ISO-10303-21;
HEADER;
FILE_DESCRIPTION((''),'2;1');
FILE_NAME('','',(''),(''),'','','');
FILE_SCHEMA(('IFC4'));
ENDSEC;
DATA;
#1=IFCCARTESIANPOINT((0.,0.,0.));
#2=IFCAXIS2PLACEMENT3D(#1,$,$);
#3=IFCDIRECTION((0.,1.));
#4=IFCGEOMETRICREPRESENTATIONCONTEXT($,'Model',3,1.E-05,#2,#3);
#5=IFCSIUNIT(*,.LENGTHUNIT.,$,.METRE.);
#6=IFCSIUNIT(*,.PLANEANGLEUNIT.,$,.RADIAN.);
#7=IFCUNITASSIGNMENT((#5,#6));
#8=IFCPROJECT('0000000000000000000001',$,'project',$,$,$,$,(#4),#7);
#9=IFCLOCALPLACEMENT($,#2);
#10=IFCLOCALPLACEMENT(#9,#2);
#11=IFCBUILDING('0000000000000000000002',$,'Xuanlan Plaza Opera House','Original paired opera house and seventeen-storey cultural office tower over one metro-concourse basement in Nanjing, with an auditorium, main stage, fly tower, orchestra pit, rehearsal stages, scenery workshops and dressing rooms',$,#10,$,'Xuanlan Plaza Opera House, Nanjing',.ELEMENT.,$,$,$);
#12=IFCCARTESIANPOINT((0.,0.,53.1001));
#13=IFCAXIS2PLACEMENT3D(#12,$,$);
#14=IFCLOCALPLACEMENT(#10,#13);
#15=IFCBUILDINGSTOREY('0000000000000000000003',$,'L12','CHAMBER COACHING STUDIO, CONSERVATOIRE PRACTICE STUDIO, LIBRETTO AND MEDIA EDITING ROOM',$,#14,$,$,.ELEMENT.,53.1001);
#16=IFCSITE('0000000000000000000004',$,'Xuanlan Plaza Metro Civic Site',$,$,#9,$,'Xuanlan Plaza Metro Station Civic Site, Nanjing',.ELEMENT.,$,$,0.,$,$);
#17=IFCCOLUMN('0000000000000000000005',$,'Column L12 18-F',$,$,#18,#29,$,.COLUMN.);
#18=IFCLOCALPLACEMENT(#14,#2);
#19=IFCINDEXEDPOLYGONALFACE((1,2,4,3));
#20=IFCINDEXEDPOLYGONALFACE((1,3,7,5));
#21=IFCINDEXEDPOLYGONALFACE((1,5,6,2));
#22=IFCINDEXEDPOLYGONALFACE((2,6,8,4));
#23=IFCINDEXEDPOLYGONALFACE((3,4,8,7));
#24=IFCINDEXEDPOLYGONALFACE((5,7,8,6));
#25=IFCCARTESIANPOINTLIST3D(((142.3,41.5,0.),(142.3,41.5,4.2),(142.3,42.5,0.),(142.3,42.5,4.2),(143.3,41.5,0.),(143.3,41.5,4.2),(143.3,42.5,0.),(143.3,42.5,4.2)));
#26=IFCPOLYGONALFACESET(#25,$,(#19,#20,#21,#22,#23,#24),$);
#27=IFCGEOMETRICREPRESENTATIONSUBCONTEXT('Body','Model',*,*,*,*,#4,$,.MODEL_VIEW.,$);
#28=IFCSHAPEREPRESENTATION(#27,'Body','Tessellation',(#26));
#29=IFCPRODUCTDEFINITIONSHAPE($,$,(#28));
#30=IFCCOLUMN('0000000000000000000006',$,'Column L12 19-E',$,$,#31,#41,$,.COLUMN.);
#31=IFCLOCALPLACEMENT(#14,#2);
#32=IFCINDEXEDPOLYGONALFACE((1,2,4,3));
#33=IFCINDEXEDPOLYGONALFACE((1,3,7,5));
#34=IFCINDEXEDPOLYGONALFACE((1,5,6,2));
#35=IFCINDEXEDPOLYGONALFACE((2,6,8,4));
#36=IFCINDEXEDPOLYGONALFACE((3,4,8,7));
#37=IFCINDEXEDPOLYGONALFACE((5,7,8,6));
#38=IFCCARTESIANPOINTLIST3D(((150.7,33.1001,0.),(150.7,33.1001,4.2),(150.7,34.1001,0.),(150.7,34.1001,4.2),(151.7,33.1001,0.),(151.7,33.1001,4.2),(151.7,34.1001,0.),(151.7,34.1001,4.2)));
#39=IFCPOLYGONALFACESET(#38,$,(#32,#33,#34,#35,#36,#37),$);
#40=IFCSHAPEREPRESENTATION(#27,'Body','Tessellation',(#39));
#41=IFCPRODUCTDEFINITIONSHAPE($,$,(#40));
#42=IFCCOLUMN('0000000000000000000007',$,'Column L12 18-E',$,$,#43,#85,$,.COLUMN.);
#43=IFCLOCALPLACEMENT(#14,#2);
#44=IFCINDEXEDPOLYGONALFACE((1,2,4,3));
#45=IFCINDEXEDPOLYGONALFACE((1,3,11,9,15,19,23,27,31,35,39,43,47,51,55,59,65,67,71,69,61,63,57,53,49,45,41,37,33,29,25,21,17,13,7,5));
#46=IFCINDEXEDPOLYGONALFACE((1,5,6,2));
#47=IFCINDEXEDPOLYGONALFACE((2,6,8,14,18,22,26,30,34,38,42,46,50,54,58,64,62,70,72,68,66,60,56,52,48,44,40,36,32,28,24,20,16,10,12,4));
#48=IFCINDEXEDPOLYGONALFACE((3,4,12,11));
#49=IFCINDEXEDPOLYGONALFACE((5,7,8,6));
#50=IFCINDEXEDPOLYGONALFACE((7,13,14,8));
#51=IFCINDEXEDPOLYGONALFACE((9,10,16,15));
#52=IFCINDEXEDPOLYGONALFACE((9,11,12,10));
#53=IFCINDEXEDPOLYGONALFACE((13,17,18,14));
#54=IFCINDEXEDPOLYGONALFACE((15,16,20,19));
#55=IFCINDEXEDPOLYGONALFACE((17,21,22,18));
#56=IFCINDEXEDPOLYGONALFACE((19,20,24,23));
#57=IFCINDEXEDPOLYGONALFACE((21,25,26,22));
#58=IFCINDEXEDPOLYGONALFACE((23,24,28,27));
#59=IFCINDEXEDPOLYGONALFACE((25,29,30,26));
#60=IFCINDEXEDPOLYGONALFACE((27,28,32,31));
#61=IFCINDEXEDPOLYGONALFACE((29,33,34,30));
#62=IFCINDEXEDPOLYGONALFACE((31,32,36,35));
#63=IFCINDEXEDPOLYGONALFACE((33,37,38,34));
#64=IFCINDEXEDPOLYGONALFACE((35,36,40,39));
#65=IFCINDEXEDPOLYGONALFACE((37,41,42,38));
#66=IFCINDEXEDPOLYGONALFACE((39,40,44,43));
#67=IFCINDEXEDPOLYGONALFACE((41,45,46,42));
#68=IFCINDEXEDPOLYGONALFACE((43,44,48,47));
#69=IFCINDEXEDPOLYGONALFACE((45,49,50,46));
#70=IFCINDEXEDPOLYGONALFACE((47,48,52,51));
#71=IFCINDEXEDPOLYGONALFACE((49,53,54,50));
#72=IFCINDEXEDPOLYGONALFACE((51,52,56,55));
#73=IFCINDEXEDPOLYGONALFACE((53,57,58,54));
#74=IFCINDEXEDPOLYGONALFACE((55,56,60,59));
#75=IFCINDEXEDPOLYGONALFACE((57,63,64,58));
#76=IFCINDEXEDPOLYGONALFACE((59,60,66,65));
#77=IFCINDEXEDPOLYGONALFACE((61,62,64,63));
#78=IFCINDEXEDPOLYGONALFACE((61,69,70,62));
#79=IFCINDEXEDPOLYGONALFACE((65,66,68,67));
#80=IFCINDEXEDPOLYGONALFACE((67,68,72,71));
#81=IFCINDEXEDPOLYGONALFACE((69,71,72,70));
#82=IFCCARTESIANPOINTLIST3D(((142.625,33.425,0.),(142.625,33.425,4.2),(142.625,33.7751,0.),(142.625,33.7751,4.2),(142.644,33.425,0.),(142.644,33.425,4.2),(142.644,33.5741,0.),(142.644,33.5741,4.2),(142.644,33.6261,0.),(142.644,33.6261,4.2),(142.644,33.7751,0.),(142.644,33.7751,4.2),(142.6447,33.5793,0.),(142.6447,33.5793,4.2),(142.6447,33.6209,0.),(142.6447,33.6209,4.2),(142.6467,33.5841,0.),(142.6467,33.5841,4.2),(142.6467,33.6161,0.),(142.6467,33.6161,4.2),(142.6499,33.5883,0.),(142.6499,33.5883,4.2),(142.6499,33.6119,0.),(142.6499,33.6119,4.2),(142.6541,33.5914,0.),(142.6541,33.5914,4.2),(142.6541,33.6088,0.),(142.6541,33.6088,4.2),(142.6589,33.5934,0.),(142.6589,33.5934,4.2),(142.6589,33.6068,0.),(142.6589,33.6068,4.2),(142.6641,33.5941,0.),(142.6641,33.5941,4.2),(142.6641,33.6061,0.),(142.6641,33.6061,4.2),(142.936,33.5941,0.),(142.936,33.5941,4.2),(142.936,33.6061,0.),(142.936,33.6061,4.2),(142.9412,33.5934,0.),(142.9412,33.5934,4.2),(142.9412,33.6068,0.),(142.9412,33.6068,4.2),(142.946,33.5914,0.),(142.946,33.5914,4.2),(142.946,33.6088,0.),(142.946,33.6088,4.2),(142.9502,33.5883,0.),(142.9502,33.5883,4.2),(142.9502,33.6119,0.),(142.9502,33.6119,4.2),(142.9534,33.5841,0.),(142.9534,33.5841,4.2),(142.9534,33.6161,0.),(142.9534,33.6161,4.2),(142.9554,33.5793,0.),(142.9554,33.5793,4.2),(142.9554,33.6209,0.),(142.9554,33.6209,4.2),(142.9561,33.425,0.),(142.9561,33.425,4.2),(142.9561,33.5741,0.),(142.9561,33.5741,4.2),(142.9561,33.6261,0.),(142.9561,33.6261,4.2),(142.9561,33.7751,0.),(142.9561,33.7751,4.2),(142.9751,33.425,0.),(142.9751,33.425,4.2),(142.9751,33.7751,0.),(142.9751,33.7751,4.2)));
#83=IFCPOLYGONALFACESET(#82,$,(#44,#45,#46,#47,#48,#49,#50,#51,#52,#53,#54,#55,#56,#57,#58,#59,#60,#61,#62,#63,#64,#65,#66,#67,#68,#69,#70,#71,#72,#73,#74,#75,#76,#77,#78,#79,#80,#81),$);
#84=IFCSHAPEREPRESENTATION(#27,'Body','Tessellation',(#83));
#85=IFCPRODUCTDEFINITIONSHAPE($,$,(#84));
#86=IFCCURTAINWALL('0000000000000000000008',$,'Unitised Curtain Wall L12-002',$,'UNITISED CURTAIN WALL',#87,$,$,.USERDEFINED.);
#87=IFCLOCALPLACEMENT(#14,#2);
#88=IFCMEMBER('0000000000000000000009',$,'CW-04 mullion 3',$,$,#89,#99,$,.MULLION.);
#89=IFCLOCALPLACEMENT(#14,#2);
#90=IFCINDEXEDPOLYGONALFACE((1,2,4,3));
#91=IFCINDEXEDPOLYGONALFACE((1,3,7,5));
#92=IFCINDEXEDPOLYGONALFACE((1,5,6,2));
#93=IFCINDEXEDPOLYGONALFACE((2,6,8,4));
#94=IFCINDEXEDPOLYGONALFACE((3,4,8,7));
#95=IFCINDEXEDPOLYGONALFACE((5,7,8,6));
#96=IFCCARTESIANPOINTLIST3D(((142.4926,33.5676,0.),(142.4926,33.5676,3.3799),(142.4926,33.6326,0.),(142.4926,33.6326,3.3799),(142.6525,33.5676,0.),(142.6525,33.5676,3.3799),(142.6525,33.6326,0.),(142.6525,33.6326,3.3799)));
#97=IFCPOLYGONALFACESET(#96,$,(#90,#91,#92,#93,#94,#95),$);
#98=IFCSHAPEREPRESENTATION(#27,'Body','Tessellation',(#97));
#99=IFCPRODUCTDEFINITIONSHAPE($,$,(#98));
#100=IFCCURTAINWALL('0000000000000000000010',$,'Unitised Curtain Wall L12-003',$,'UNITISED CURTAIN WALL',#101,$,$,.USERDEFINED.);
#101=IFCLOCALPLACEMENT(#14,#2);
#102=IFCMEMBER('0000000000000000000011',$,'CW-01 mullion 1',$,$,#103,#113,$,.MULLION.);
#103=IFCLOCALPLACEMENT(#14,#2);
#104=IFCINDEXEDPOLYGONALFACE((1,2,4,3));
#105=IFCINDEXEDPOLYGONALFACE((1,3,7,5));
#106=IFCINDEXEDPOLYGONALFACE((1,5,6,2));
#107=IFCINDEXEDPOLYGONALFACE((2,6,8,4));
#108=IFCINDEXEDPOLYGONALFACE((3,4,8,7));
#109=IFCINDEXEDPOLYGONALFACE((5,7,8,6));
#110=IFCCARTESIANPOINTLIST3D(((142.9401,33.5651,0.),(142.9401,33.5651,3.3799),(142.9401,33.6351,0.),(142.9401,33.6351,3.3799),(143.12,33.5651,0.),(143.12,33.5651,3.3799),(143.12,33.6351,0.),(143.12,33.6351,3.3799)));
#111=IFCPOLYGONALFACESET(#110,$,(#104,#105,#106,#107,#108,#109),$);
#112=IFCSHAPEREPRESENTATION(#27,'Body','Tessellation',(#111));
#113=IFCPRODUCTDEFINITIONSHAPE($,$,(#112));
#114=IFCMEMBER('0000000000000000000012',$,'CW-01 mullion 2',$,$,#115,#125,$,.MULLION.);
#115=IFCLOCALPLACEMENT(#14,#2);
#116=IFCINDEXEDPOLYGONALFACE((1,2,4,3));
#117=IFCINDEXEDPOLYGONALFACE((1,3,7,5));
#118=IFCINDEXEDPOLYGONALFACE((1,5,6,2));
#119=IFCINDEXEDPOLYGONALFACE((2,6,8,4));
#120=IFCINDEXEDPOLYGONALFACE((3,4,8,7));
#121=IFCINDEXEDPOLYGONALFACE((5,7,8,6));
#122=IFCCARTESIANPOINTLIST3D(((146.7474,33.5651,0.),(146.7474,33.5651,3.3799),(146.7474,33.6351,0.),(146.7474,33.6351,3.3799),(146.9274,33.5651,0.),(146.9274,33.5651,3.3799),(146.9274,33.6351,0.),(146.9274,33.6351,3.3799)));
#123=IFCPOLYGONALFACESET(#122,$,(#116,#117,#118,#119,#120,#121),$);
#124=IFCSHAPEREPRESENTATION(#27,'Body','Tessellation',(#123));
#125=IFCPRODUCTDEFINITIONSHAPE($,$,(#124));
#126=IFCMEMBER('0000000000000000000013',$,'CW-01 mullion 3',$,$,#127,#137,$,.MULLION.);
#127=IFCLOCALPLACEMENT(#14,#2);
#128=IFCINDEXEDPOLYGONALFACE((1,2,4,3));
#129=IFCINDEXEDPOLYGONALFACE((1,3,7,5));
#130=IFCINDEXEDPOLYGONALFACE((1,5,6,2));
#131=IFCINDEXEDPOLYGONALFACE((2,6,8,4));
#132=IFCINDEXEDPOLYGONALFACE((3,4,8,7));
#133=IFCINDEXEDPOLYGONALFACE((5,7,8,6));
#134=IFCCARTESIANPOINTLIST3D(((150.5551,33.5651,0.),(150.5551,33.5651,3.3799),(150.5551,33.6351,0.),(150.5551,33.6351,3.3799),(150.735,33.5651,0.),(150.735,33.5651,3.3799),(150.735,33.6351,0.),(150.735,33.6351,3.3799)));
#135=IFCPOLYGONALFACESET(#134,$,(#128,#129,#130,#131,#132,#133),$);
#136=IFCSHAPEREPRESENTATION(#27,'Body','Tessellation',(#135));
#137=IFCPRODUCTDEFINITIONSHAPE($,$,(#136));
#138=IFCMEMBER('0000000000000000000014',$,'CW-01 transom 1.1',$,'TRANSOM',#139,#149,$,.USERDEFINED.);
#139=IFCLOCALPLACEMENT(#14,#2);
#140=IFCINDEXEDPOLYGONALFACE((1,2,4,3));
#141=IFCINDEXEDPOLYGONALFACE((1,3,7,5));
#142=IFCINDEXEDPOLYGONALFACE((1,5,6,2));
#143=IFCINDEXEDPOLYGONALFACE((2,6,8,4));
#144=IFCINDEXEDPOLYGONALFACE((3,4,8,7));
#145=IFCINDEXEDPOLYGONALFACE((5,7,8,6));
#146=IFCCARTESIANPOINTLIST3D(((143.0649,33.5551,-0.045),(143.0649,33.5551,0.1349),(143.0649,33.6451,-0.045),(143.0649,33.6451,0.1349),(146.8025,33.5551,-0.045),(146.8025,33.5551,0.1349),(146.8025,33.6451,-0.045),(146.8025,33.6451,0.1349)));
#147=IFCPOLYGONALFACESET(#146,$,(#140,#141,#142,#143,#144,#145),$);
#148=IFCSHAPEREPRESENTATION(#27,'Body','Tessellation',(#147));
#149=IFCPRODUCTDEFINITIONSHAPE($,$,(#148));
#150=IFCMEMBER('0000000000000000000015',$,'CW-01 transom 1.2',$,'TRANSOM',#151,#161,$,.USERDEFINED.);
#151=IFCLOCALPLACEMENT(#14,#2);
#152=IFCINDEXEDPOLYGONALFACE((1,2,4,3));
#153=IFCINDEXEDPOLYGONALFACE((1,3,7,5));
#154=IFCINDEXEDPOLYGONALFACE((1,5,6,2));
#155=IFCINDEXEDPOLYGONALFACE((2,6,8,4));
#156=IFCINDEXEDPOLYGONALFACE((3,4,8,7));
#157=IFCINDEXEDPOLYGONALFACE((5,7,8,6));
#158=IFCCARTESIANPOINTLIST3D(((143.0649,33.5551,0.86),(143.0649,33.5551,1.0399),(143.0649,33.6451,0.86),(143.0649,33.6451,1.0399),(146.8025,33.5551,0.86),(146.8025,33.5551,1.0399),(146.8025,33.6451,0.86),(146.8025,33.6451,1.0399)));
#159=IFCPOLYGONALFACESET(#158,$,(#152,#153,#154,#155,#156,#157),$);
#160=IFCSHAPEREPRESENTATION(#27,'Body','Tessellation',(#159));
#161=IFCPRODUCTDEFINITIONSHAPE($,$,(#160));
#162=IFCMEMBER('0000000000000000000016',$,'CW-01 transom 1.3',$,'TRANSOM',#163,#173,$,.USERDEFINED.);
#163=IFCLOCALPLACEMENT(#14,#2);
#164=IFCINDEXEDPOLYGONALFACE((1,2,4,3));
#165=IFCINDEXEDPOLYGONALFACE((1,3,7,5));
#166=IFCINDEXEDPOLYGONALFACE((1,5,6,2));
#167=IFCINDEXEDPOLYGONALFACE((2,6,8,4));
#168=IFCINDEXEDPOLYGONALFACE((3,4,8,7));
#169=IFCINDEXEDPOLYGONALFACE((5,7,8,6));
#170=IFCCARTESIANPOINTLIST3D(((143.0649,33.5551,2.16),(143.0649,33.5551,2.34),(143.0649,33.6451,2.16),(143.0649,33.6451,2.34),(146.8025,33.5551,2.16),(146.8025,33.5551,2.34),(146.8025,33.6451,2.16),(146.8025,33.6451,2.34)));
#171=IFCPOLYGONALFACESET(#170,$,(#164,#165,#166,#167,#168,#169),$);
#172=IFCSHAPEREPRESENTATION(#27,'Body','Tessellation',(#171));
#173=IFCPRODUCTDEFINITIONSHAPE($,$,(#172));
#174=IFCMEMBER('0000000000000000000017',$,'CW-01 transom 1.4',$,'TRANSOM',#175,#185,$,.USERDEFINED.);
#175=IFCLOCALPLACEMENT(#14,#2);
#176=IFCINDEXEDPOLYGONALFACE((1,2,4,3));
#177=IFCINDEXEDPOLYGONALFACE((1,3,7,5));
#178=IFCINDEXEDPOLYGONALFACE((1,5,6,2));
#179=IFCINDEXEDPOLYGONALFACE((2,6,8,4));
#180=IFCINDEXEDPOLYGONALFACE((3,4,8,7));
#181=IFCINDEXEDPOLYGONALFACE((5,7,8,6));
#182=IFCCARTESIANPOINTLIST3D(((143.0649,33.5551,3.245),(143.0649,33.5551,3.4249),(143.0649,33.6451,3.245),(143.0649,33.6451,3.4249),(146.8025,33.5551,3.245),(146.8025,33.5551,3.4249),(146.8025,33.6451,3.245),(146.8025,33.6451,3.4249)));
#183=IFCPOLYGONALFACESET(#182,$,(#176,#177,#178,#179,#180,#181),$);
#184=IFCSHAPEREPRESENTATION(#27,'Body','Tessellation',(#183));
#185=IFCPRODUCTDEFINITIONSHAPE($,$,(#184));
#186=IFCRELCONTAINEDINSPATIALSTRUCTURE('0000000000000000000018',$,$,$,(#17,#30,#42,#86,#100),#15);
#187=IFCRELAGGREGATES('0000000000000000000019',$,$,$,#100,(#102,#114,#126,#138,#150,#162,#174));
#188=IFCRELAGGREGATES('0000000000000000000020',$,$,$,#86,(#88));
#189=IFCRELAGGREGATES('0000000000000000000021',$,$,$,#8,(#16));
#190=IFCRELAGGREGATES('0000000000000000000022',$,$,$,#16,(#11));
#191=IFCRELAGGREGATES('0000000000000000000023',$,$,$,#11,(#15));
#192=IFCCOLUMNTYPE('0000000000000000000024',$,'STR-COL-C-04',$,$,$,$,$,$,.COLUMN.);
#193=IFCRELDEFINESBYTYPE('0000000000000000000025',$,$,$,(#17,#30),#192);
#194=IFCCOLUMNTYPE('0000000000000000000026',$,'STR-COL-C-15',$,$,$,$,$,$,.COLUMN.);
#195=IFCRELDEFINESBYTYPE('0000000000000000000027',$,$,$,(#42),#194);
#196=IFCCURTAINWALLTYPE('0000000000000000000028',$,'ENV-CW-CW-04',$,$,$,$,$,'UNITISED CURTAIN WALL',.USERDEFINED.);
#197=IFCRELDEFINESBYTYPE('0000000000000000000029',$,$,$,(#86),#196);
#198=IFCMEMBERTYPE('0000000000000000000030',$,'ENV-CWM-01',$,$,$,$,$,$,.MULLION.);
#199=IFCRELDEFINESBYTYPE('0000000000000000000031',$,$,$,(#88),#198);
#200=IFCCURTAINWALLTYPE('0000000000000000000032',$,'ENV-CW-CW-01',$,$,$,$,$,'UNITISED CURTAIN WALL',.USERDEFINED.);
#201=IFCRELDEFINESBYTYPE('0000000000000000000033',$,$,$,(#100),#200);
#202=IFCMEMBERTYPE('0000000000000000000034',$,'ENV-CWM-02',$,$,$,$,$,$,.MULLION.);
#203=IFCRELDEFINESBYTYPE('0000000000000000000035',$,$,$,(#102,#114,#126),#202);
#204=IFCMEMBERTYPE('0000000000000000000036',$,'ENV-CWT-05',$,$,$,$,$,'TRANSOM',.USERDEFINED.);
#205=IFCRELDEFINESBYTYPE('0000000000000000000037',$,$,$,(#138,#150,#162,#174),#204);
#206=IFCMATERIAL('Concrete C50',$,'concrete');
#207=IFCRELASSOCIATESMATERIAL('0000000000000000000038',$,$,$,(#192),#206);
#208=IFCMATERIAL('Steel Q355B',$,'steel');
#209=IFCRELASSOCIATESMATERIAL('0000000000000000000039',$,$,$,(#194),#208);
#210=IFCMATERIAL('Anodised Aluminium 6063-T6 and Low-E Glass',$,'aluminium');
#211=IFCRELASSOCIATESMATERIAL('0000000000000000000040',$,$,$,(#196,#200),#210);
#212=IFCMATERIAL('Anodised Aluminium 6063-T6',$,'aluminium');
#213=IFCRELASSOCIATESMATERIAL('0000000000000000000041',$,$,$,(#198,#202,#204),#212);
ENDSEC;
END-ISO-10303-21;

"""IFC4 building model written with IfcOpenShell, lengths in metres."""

from ifc_helpers import new_model, si_unit, direction, frame, origin, origin_2d, place, context, subcontext, project, spatial, rectangle, i_section, extrude, material, material_profile, profile_set, type_object, element, aggregate, save


model = new_model("IFC4")

# Units and contexts
model_context = context("Model", 3, precision=1e-05, world=origin(), true_north=direction((0.0, 1.0)))
body_context = subcontext(model_context, "Body", "Model", "MODEL_VIEW")
ifc_project = project(units=[si_unit("LENGTHUNIT", "METRE"), si_unit("PLANEANGLEUNIT", "RADIAN")], contexts=[model_context])

# Site, building, storey
site_placement = place(None, origin())
site = spatial("IfcSite", under=ifc_project, at=site_placement, Name="Xuanlan Plaza Metro Civic Site", LongName="Xuanlan Plaza Metro Station Civic Site, Nanjing", CompositionType="ELEMENT", RefElevation=0.0)
building_placement = place(site_placement, origin())
building = spatial("IfcBuilding", under=site, at=building_placement, Name="Xuanlan Plaza Opera House", Description="Original paired opera house and seventeen-storey cultural office tower over one metro-concourse basement in Nanjing, with an auditorium, main stage, fly tower, orchestra pit, rehearsal stages, scenery workshops and dressing rooms", LongName="Xuanlan Plaza Opera House, Nanjing", CompositionType="ELEMENT")
storey_placement = place(building_placement, frame((0.0, 0.0, 53.1001)))
storey = spatial("IfcBuildingStorey", under=building, at=storey_placement, Name="L12", Description="CHAMBER COACHING STUDIO, CONSERVATOIRE PRACTICE STUDIO, LIBRETTO AND MEDIA EDITING ROOM", CompositionType="ELEMENT", Elevation=53.1001)

# Columns
ifc_material_1 = material(Name="Concrete C50", Category="concrete")
ifc_material_profile_1 = material_profile(ifc_material_1, rectangle(XDim=1.0, YDim=1.0, at=origin_2d()), Name="RC-COL 1000x1000")
ifc_profile_set_1 = profile_set([ifc_material_profile_1], Name="Concrete C50")
column_type_1 = type_object("IfcColumnType", Name="STR-COL-C-04", PredefinedType="COLUMN", material=ifc_profile_set_1)
for number, where, z_axis, x_axis, name in (
    (1, (142.8, 42.0, 0.0), (0.0, 0.0, 1.0), (1.0, 0.0, 0.0), "Column L12 18-F"),
    (2, (151.2, 33.6001, 0.0), (0.0, 0.0, 1.0), (1.0, 0.0, 0.0), "Column L12 19-E"),
):
    element("IfcColumn", number, at=place(storey_placement, frame(where, z_axis=z_axis, x_axis=x_axis)), inside=storey, type_object=column_type_1, Name=name, PredefinedType="COLUMN", context=body_context, shape_type="SweptSolid", body=[
        extrude(rectangle(XDim=1.0, YDim=1.0, at=origin_2d()), origin(), (0.0, 0.0, 1.0), 4.2),
    ])
ifc_material_2 = material(Name="Steel Q355B", Category="steel")
ifc_material_profile_2 = material_profile(ifc_material_2, i_section(OverallWidth=0.3501, OverallDepth=0.3501, WebThickness=0.012, FlangeThickness=0.019, FilletRadius=0.02, at=origin_2d()), Name="HW 350x350x12x19")
ifc_profile_set_2 = profile_set([ifc_material_profile_2], Name="Steel Q355B")
column_type_2 = type_object("IfcColumnType", Name="STR-COL-C-15", PredefinedType="COLUMN", material=ifc_profile_set_2)
column_placement = place(storey_placement, frame((142.8, 33.6001, 0.0), z_axis=(0.0, 0.0, 1.0), x_axis=(0.0, 1.0, 0.0)))
element("IfcColumn", 3, at=column_placement, inside=storey, type_object=column_type_2, Name="Column L12 18-E", PredefinedType="COLUMN", context=body_context, shape_type="SweptSolid", body=[
    extrude(i_section(OverallWidth=0.3501, OverallDepth=0.3501, WebThickness=0.012, FlangeThickness=0.019, FilletRadius=0.02, at=origin_2d()), origin(), (0.0, 0.0, 1.0), 4.2),
])

# Curtain wall, member
ifc_material_3 = material(Name="Anodised Aluminium 6063-T6 and Low-E Glass", Category="aluminium")
curtain_wall_type_1 = type_object("IfcCurtainWallType", Name="ENV-CW-CW-04", ElementType="UNITISED CURTAIN WALL", PredefinedType="USERDEFINED", material=ifc_material_3)
curtain_wall_1_placement = place(storey_placement, origin())
curtain_wall_1 = element("IfcCurtainWall", 4, at=curtain_wall_1_placement, inside=storey, type_object=curtain_wall_type_1, Name="Unitised Curtain Wall L12-002", ObjectType="UNITISED CURTAIN WALL", PredefinedType="USERDEFINED")
ifc_material_4 = material(Name="Anodised Aluminium 6063-T6", Category="aluminium")
ifc_material_profile_3 = material_profile(ifc_material_4, rectangle(XDim=0.0649, YDim=0.1599, at=origin_2d()), Name="ALU-M 65x160")
ifc_profile_set_3 = profile_set([ifc_material_profile_3], Name="Anodised Aluminium 6063-T6")
member_type_1 = type_object("IfcMemberType", Name="ENV-CWM-01", PredefinedType="MULLION", material=ifc_profile_set_3)
member_1_placement = place(storey_placement, frame((142.5725, 33.6001, 0.0), z_axis=(0.0, 0.0, 1.0), x_axis=(0.0, 1.0, 0.0)))
member_1 = element("IfcMember", 5, at=member_1_placement, type_object=member_type_1, Name="CW-04 mullion 3", PredefinedType="MULLION", context=body_context, shape_type="SweptSolid", body=[
    extrude(rectangle(XDim=0.0649, YDim=0.1599, at=origin_2d()), origin(), (0.0, 0.0, 1.0), 3.3799),
])

# Curtain wall, members
curtain_wall_type_2 = type_object("IfcCurtainWallType", Name="ENV-CW-CW-01", ElementType="UNITISED CURTAIN WALL", PredefinedType="USERDEFINED", material=ifc_material_3)
curtain_wall_2_placement = place(storey_placement, origin())
curtain_wall_2 = element("IfcCurtainWall", 6, at=curtain_wall_2_placement, inside=storey, type_object=curtain_wall_type_2, Name="Unitised Curtain Wall L12-003", ObjectType="UNITISED CURTAIN WALL", PredefinedType="USERDEFINED")
ifc_material_profile_4 = material_profile(ifc_material_4, rectangle(XDim=0.0701, YDim=0.1799, at=origin_2d()), Name="ALU-M 70x180")
ifc_profile_set_4 = profile_set([ifc_material_profile_4], Name="Anodised Aluminium 6063-T6")
member_type_2 = type_object("IfcMemberType", Name="ENV-CWM-02", PredefinedType="MULLION", material=ifc_profile_set_4)
member_2_placement = place(storey_placement, frame((143.03, 33.6001, 0.0), z_axis=(0.0, 0.0, 1.0), x_axis=(0.0, 1.0, 0.0)))
member_2 = element("IfcMember", 7, at=member_2_placement, type_object=member_type_2, Name="CW-01 mullion 1", PredefinedType="MULLION", context=body_context, shape_type="SweptSolid", body=[
    extrude(rectangle(XDim=0.0701, YDim=0.1799, at=origin_2d()), origin(), (0.0, 0.0, 1.0), 3.3799),
])
member_3_placement = place(storey_placement, frame((146.8374, 33.6001, 0.0), z_axis=(0.0, 0.0, 1.0), x_axis=(0.0, 1.0, 0.0)))
member_3 = element("IfcMember", 8, at=member_3_placement, type_object=member_type_2, Name="CW-01 mullion 2", PredefinedType="MULLION", context=body_context, shape_type="SweptSolid", body=[
    extrude(rectangle(XDim=0.0701, YDim=0.1799, at=origin_2d()), origin(), (0.0, 0.0, 1.0), 3.3799),
])
member_4_placement = place(storey_placement, frame((150.645, 33.6001, 0.0), z_axis=(0.0, 0.0, 1.0), x_axis=(0.0, 1.0, 0.0)))
member_4 = element("IfcMember", 9, at=member_4_placement, type_object=member_type_2, Name="CW-01 mullion 3", PredefinedType="MULLION", context=body_context, shape_type="SweptSolid", body=[
    extrude(rectangle(XDim=0.0701, YDim=0.1799, at=origin_2d()), origin(), (0.0, 0.0, 1.0), 3.3799),
])
ifc_material_profile_5 = material_profile(ifc_material_4, rectangle(XDim=0.0901, YDim=0.1799, at=origin_2d()), Name="ALU-T 90x180")
ifc_profile_set_5 = profile_set([ifc_material_profile_5], Name="Anodised Aluminium 6063-T6")
member_type_3 = type_object("IfcMemberType", Name="ENV-CWT-05", ElementType="TRANSOM", PredefinedType="USERDEFINED", material=ifc_profile_set_5)
member_5_placement = place(storey_placement, frame((143.0649, 33.6001, 0.0449), z_axis=(1.0, 0.0, 0.0), x_axis=(0.0, 1.0, 0.0)))
member_5 = element("IfcMember", 10, at=member_5_placement, type_object=member_type_3, Name="CW-01 transom 1.1", ObjectType="TRANSOM", PredefinedType="USERDEFINED", context=body_context, shape_type="SweptSolid", body=[
    extrude(rectangle(XDim=0.0901, YDim=0.1799, at=origin_2d()), origin(), (0.0, 0.0, 1.0), 3.7375),
])
member_6_placement = place(storey_placement, frame((143.0649, 33.6001, 0.95), z_axis=(1.0, 0.0, 0.0), x_axis=(0.0, 1.0, 0.0)))
member_6 = element("IfcMember", 11, at=member_6_placement, type_object=member_type_3, Name="CW-01 transom 1.2", ObjectType="TRANSOM", PredefinedType="USERDEFINED", context=body_context, shape_type="SweptSolid", body=[
    extrude(rectangle(XDim=0.0901, YDim=0.1799, at=origin_2d()), origin(), (0.0, 0.0, 1.0), 3.7375),
])
member_7_placement = place(storey_placement, frame((143.0649, 33.6001, 2.25), z_axis=(1.0, 0.0, 0.0), x_axis=(0.0, 1.0, 0.0)))
member_7 = element("IfcMember", 12, at=member_7_placement, type_object=member_type_3, Name="CW-01 transom 1.3", ObjectType="TRANSOM", PredefinedType="USERDEFINED", context=body_context, shape_type="SweptSolid", body=[
    extrude(rectangle(XDim=0.0901, YDim=0.1799, at=origin_2d()), origin(), (0.0, 0.0, 1.0), 3.7375),
])
member_8_placement = place(storey_placement, frame((143.0649, 33.6001, 3.335), z_axis=(1.0, 0.0, 0.0), x_axis=(0.0, 1.0, 0.0)))
member_8 = element("IfcMember", 13, at=member_8_placement, type_object=member_type_3, Name="CW-01 transom 1.4", ObjectType="TRANSOM", PredefinedType="USERDEFINED", context=body_context, shape_type="SweptSolid", body=[
    extrude(rectangle(XDim=0.0901, YDim=0.1799, at=origin_2d()), origin(), (0.0, 0.0, 1.0), 3.7375),
])

aggregate(curtain_wall_2, [member_2, member_3, member_4, member_5, member_6, member_7, member_8])
aggregate(curtain_wall_1, [member_1])

save(model, "model.ifc")
